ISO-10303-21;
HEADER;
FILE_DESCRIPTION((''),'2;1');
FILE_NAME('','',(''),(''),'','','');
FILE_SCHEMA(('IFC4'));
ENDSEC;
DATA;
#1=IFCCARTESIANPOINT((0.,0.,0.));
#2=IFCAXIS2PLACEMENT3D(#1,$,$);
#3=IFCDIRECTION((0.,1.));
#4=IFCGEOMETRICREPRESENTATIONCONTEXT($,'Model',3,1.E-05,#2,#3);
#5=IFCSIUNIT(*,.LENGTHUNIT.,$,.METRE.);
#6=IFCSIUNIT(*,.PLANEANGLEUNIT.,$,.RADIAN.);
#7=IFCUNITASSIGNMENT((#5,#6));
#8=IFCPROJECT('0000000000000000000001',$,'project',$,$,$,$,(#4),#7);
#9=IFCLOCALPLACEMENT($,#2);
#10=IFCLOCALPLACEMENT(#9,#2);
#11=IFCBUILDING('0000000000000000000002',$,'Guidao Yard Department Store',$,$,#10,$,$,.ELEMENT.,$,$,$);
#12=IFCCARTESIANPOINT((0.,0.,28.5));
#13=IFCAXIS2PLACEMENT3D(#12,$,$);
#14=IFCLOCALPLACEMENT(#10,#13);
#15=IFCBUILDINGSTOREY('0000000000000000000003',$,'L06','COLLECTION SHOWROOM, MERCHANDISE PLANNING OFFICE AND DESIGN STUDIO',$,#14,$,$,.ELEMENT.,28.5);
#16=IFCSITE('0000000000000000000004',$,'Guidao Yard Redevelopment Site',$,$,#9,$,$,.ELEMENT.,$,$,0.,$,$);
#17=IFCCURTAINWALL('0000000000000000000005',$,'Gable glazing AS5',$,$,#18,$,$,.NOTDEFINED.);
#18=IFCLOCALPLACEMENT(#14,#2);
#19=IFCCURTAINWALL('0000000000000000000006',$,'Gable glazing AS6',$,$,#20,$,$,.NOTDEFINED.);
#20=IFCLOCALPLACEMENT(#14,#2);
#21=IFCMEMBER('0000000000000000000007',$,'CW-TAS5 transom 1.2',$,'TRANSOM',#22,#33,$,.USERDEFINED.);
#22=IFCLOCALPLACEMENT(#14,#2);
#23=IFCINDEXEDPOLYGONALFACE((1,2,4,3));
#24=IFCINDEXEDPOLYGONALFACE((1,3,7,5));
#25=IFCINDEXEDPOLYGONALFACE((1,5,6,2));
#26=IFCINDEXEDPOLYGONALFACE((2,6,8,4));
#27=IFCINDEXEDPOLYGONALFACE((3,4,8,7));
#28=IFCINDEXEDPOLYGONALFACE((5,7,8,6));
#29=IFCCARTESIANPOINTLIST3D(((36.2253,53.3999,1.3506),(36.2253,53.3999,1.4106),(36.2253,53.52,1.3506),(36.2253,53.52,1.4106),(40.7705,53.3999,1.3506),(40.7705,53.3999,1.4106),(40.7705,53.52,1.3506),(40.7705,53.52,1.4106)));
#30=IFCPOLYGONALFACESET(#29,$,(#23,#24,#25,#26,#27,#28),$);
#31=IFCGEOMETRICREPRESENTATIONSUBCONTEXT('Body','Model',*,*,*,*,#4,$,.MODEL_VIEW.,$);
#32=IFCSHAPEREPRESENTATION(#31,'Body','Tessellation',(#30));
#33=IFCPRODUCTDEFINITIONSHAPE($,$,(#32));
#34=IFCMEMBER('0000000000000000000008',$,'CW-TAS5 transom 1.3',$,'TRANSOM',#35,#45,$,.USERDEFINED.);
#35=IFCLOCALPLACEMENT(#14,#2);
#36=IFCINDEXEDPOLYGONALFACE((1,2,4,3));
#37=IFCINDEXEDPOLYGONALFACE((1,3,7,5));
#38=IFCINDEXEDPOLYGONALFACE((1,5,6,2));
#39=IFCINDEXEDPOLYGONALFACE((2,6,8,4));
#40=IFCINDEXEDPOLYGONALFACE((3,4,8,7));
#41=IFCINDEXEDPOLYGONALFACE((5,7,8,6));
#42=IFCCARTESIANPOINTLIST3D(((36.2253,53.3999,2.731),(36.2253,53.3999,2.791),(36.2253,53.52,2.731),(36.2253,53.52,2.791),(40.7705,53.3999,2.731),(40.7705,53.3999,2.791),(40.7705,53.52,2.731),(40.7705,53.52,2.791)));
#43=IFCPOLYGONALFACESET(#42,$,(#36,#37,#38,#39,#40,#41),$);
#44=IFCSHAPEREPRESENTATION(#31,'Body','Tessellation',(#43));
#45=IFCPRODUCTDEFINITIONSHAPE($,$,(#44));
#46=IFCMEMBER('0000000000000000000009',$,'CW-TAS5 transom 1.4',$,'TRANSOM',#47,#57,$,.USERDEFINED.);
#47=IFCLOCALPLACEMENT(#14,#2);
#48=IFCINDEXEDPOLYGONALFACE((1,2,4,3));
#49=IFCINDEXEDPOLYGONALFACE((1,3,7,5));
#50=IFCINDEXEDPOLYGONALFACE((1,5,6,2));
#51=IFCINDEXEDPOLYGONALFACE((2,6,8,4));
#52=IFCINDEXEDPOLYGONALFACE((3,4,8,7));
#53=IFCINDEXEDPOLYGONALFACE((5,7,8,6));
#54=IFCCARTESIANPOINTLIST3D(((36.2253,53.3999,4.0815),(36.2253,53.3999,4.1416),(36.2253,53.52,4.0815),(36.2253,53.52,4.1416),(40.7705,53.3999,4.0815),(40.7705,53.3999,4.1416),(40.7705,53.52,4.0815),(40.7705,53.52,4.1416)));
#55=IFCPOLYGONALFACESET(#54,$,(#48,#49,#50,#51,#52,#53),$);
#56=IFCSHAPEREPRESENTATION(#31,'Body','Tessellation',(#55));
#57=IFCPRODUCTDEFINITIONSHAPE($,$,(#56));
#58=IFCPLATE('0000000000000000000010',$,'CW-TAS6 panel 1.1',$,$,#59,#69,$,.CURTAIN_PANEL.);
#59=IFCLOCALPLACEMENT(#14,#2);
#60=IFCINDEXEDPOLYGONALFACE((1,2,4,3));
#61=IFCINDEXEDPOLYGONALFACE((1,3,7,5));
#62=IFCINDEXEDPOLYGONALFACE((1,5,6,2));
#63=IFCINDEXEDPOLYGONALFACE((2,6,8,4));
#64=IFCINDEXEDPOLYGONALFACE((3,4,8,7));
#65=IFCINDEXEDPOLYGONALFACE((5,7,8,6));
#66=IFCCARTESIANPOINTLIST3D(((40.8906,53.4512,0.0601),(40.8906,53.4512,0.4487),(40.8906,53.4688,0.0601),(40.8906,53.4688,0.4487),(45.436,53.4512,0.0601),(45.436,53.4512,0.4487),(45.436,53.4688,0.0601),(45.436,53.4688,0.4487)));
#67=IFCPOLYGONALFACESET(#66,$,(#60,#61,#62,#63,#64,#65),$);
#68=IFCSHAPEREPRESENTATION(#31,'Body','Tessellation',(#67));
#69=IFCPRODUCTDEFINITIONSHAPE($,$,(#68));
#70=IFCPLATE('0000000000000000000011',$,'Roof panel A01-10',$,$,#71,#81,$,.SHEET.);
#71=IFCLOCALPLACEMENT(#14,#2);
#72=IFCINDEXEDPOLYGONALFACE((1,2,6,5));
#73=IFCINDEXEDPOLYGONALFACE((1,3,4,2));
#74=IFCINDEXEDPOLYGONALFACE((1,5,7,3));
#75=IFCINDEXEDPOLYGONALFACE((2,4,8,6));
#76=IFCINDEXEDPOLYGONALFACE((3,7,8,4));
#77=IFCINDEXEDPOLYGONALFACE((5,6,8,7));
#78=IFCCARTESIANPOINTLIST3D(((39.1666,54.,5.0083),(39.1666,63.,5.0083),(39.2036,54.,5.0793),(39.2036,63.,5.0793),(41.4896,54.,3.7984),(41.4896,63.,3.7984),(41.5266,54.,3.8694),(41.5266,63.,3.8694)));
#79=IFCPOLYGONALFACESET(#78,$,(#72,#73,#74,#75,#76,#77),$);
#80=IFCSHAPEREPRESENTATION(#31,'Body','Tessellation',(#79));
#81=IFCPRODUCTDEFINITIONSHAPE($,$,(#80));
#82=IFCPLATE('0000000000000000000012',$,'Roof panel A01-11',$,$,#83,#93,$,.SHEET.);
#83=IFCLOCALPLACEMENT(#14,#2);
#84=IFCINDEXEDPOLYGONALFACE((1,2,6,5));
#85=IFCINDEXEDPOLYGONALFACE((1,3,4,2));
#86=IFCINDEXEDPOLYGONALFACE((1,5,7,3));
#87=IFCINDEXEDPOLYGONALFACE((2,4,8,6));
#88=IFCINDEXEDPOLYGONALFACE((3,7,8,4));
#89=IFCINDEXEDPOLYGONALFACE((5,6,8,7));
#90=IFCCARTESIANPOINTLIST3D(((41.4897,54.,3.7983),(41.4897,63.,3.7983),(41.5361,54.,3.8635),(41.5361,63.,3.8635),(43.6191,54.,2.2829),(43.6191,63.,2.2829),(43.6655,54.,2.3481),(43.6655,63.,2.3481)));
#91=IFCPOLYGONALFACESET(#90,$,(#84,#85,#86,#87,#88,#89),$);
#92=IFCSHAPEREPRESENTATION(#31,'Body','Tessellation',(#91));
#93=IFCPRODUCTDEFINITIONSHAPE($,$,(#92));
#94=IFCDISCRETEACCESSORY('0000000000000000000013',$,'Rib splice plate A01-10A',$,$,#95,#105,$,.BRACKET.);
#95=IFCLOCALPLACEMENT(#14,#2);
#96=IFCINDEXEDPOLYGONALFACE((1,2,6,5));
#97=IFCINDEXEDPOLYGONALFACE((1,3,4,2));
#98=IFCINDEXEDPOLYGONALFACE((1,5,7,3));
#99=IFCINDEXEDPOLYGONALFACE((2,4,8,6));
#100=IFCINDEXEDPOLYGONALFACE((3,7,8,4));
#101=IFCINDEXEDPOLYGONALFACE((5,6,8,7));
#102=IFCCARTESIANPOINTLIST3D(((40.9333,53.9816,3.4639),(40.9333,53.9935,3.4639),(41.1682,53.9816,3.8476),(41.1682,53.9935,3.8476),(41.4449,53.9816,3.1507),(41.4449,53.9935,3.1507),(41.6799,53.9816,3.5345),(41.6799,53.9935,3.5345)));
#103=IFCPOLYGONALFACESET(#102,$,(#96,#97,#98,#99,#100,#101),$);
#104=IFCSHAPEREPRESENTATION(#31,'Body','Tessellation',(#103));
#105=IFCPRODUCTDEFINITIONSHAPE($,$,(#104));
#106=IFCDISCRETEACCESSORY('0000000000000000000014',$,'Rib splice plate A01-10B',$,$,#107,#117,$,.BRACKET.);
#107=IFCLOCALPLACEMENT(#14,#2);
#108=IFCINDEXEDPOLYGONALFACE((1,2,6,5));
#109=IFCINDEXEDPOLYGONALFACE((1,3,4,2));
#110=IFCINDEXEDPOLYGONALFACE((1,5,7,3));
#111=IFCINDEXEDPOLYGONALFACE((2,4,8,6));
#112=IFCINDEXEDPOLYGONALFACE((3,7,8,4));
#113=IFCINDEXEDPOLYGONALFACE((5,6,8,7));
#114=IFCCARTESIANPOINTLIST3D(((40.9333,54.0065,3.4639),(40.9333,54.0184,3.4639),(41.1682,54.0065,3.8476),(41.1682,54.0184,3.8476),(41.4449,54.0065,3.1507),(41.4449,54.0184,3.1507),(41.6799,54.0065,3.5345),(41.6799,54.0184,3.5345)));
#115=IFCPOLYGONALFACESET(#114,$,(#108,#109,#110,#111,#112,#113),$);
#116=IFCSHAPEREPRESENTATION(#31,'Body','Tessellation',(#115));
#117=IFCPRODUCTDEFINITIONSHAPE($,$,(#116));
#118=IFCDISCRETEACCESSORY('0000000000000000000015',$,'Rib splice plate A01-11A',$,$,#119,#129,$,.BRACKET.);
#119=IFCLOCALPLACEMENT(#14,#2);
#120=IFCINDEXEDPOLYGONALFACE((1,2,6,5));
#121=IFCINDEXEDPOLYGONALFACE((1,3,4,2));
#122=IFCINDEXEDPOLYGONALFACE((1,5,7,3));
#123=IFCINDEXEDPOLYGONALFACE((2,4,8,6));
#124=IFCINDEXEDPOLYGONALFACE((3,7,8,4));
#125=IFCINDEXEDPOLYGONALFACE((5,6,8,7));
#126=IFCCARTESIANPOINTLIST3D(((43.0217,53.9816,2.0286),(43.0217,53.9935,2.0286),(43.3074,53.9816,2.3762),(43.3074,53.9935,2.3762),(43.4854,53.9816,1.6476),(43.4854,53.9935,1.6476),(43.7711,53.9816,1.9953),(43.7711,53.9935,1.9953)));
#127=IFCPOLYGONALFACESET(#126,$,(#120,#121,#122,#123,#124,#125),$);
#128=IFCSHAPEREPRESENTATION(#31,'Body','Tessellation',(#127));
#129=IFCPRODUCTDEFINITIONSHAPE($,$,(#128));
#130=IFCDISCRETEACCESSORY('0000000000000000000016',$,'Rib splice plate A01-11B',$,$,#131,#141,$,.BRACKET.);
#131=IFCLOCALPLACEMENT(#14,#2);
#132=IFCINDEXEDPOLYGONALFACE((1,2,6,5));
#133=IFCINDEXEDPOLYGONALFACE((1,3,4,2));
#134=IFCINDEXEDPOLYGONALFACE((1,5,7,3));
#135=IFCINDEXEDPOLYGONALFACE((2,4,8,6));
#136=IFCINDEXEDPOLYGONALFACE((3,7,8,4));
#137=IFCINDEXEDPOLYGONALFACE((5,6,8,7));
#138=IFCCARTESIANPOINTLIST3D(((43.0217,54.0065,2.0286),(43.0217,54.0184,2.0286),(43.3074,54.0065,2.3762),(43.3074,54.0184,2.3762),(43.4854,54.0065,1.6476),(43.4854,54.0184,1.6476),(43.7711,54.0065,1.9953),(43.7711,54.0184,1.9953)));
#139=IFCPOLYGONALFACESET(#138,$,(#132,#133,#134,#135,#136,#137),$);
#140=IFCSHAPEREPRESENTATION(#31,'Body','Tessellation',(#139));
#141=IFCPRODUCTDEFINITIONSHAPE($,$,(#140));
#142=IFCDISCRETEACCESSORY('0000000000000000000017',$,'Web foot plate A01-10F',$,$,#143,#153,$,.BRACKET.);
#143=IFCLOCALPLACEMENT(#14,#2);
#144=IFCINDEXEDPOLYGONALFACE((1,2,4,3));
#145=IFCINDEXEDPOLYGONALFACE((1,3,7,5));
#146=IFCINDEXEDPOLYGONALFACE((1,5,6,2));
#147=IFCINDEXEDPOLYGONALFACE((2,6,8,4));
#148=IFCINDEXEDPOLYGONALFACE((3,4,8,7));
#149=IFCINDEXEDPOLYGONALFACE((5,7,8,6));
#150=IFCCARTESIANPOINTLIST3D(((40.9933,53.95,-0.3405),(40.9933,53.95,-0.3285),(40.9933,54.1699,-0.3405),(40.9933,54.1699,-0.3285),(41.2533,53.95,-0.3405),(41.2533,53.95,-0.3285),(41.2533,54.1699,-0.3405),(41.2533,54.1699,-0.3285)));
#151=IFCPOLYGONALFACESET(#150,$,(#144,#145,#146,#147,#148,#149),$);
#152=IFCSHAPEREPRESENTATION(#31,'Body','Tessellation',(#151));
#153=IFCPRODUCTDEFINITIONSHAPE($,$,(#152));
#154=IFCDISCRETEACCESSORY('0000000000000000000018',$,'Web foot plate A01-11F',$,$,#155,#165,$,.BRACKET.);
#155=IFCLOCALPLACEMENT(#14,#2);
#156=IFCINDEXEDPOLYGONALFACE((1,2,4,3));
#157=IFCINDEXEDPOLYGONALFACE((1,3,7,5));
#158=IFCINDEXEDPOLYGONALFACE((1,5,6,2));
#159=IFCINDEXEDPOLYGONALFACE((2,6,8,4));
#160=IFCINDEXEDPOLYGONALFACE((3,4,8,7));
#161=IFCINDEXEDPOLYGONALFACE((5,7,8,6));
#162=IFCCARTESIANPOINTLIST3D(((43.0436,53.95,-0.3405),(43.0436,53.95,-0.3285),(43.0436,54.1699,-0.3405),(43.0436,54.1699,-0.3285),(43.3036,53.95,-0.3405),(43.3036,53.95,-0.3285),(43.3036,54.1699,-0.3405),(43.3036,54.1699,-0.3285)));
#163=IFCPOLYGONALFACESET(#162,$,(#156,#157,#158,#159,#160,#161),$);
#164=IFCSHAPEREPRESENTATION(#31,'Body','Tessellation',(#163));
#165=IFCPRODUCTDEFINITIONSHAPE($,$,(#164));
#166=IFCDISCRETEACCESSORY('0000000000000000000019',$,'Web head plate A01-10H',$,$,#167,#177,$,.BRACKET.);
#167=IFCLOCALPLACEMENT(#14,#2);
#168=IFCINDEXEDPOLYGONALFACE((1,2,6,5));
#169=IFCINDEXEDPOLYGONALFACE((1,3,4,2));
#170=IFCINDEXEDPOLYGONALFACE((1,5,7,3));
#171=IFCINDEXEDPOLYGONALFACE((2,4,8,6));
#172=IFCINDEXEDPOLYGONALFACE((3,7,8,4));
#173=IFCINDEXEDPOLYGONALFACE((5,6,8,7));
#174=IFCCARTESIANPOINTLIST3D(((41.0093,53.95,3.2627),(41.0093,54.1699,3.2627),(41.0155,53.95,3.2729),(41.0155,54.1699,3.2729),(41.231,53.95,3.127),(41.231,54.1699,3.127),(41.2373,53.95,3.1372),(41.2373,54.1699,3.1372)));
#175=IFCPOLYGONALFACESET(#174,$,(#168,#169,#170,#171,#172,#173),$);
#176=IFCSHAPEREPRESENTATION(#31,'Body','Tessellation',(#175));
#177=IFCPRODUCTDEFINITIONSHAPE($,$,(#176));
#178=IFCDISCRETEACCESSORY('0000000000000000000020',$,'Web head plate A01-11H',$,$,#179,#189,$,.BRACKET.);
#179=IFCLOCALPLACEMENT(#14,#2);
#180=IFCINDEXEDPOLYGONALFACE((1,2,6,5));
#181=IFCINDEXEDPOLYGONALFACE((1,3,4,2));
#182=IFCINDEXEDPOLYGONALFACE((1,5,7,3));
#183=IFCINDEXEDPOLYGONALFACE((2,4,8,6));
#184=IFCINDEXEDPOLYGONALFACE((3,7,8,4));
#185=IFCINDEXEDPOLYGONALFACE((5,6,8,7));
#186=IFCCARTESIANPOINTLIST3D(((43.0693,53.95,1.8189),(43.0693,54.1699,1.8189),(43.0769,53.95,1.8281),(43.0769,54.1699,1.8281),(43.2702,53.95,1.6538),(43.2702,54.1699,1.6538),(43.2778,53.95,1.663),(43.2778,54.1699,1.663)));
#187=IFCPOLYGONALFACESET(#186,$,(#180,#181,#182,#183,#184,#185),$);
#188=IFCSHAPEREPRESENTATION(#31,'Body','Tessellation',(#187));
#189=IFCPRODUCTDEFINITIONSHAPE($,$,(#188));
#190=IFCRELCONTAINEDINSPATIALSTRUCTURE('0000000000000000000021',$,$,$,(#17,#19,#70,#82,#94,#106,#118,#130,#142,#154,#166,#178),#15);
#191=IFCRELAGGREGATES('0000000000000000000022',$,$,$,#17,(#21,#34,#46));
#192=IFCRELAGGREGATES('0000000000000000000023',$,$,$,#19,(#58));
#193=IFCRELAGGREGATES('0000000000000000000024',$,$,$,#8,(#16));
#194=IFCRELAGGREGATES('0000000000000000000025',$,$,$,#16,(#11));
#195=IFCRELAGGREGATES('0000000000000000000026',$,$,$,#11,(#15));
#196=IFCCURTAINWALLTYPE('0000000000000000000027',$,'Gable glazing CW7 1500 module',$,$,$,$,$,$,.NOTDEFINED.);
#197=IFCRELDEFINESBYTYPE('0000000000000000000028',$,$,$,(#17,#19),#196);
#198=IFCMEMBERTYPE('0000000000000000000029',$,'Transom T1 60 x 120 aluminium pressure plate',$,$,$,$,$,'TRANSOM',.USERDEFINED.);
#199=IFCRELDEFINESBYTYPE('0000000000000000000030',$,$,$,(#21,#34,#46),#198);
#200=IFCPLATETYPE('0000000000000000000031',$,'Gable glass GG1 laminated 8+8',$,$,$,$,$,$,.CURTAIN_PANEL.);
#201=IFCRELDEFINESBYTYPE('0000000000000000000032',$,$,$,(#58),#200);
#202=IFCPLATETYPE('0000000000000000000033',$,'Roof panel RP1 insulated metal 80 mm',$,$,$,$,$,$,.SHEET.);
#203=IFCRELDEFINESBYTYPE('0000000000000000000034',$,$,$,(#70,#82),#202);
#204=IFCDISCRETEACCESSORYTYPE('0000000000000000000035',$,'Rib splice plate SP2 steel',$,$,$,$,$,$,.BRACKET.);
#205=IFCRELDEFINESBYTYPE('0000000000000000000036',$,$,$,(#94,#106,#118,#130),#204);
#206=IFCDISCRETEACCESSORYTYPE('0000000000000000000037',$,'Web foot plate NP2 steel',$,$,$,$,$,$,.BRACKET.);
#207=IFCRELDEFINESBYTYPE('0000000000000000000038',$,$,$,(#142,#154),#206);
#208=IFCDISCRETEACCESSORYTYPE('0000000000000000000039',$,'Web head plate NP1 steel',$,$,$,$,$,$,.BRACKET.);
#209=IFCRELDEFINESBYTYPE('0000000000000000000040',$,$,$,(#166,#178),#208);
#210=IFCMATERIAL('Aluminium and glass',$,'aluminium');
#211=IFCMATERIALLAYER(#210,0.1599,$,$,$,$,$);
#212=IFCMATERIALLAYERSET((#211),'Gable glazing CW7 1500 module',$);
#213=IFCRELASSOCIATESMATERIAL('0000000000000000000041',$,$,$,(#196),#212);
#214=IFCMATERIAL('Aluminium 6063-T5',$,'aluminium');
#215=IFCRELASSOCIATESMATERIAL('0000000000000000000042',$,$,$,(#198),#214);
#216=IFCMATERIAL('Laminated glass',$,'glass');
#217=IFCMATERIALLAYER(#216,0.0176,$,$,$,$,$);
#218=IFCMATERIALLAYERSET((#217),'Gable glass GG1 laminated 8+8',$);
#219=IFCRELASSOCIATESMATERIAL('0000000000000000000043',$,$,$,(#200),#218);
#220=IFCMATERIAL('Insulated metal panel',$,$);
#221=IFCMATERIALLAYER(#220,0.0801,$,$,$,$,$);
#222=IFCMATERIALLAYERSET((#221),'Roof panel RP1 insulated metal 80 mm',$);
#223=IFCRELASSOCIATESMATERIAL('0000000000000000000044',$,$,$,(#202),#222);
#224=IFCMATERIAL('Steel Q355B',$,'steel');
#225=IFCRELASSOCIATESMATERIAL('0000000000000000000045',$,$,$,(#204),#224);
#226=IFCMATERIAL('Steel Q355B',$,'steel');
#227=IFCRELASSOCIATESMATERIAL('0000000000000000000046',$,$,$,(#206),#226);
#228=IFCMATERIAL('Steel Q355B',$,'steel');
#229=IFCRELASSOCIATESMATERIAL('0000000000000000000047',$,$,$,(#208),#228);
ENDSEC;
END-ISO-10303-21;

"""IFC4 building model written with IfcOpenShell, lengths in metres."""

from ifc_helpers import new_model, si_unit, direction, frame, origin, origin_2d, place, context, subcontext, project, spatial, polyline, rectangle, outline, extrude, material, layer, layer_set, material_profile, profile_set, type_object, element, aggregate, save


model = new_model("IFC4")

# Units and contexts
model_context = context("Model", 3, precision=1e-05, world=origin(), true_north=direction((0.0, 1.0)))
body_context = subcontext(model_context, "Body", "Model", "MODEL_VIEW")
ifc_project = project(units=[si_unit("LENGTHUNIT", "METRE"), si_unit("PLANEANGLEUNIT", "RADIAN")], contexts=[model_context])

# Site, building, storey
site_placement = place(None, origin())
site = spatial("IfcSite", under=ifc_project, at=site_placement, Name="Guidao Yard Redevelopment Site", CompositionType="ELEMENT", RefElevation=0.0)
building_placement = place(site_placement, origin())
building = spatial("IfcBuilding", under=site, at=building_placement, Name="Guidao Yard Department Store", CompositionType="ELEMENT")
storey_placement = place(building_placement, frame((0.0, 0.0, 28.5)))
storey = spatial("IfcBuildingStorey", under=building, at=storey_placement, Name="L06", Description="COLLECTION SHOWROOM, MERCHANDISE PLANNING OFFICE AND DESIGN STUDIO", CompositionType="ELEMENT", Elevation=28.5)

# Curtain walls
ifc_material_1 = material(Name="Aluminium and glass", Category="aluminium")
ifc_layer_1 = layer(ifc_material_1, 0.1599)
ifc_layer_set_1 = layer_set([ifc_layer_1], Name="Gable glazing CW7 1500 module")
curtain_wall_type = type_object("IfcCurtainWallType", Name="Gable glazing CW7 1500 module", PredefinedType="NOTDEFINED", material=ifc_layer_set_1)
curtain_wall_1_placement = place(storey_placement, origin())
curtain_wall_1 = element("IfcCurtainWall", 1, at=curtain_wall_1_placement, inside=storey, type_object=curtain_wall_type, Name="Gable glazing AS5", PredefinedType="NOTDEFINED")
curtain_wall_2_placement = place(storey_placement, origin())
curtain_wall_2 = element("IfcCurtainWall", 2, at=curtain_wall_2_placement, inside=storey, type_object=curtain_wall_type, Name="Gable glazing AS6", PredefinedType="NOTDEFINED")

# Members
ifc_material_2 = material(Name="Aluminium 6063-T5", Category="aluminium")
ifc_material_profile_1 = material_profile(ifc_material_2, rectangle(XDim=0.1201, YDim=0.0601, at=origin_2d()), Name="Transom T1 60 x 120 aluminium pressure plate")
ifc_profile_set_1 = profile_set([ifc_material_profile_1], Name="Aluminium 6063-T5")
member_type_1 = type_object("IfcMemberType", Name="Transom T1 60 x 120 aluminium pressure plate", ElementType="TRANSOM", PredefinedType="USERDEFINED", material=ifc_profile_set_1)
member_1_placement = place(storey_placement, frame((40.7705, 53.46, 1.3806), z_axis=(-1.0, 0.0, 0.0), x_axis=(0.0, -1.0, 0.0)))
member_1 = element("IfcMember", 3, at=member_1_placement, type_object=member_type_1, Name="CW-TAS5 transom 1.2", ObjectType="TRANSOM", PredefinedType="USERDEFINED", context=body_context, shape_type="SweptSolid", body=[
    extrude(rectangle(XDim=0.1201, YDim=0.0601, at=origin_2d()), origin(), (0.0, 0.0, 1.0), 4.5452),
])
member_2_placement = place(storey_placement, frame((40.7705, 53.46, 2.761), z_axis=(-1.0, 0.0, 0.0), x_axis=(0.0, -1.0, 0.0)))
member_2 = element("IfcMember", 4, at=member_2_placement, type_object=member_type_1, Name="CW-TAS5 transom 1.3", ObjectType="TRANSOM", PredefinedType="USERDEFINED", context=body_context, shape_type="SweptSolid", body=[
    extrude(rectangle(XDim=0.1201, YDim=0.0601, at=origin_2d()), origin(), (0.0, 0.0, 1.0), 4.5452),
])
member_3_placement = place(storey_placement, frame((40.7705, 53.46, 4.1116), z_axis=(-1.0, 0.0, 0.0), x_axis=(0.0, -1.0, 0.0)))
member_3 = element("IfcMember", 5, at=member_3_placement, type_object=member_type_1, Name="CW-TAS5 transom 1.4", ObjectType="TRANSOM", PredefinedType="USERDEFINED", context=body_context, shape_type="SweptSolid", body=[
    extrude(rectangle(XDim=0.1201, YDim=0.0601, at=origin_2d()), origin(), (0.0, 0.0, 1.0), 4.5452),
])
aggregate(curtain_wall_1, [member_1, member_2, member_3])

# Plate
ifc_material_3 = material(Name="Laminated glass", Category="glass")
ifc_layer_2 = layer(ifc_material_3, 0.0176)
ifc_layer_set_2 = layer_set([ifc_layer_2], Name="Gable glass GG1 laminated 8+8")
plate_type_1 = type_object("IfcPlateType", Name="Gable glass GG1 laminated 8+8", PredefinedType="CURTAIN_PANEL", material=ifc_layer_set_2)
plate_1_placement = place(storey_placement, frame((43.1633, 53.46, 0.0601), z_axis=(0.0, 0.0, 1.0), x_axis=(-1.0, 0.0, 0.0)))
plate_1 = element("IfcPlate", 6, at=plate_1_placement, type_object=plate_type_1, Name="CW-TAS6 panel 1.1", PredefinedType="CURTAIN_PANEL", context=body_context, shape_type="SweptSolid", body=[
    extrude(rectangle(XDim=4.5454, YDim=0.0176, at=origin_2d()), origin(), (0.0, 0.0, 1.0), 0.3887),
])
aggregate(curtain_wall_2, [plate_1])

# Plates
ifc_material_4 = material(Name="Insulated metal panel")
ifc_layer_3 = layer(ifc_material_4, 0.0801)
ifc_layer_set_3 = layer_set([ifc_layer_3], Name="Roof panel RP1 insulated metal 80 mm")
plate_type_2 = type_object("IfcPlateType", Name="Roof panel RP1 insulated metal 80 mm", PredefinedType="SHEET", material=ifc_layer_set_3)
plate_2_placement = place(storey_placement, frame((39.2036, 54.0, 5.0793), z_axis=(0.461954, 0.0, 0.886904), x_axis=(0.886904, 0.0, -0.461954)))
element("IfcPlate", 7, at=plate_2_placement, inside=storey, type_object=plate_type_2, Name="Roof panel A01-10", PredefinedType="SHEET", context=body_context, shape_type="SweptSolid", body=[
    extrude(outline(polyline([(0.0, 0.0), (2.6192, 0.0), (2.6192, 9.0), (0.0, 9.0), (0.0, 0.0)])), origin(), (0.0, 0.0, -1.0), 0.0801),
])
plate_3_placement = place(storey_placement, frame((41.5361, 54.0, 3.8635), z_axis=(0.579815, 0.0, 0.814748), x_axis=(0.814748, 0.0, -0.579815)))
element("IfcPlate", 8, at=plate_3_placement, inside=storey, type_object=plate_type_2, Name="Roof panel A01-11", PredefinedType="SHEET", context=body_context, shape_type="SweptSolid", body=[
    extrude(outline(polyline([(0.0, 0.0), (2.6136, 0.0), (2.6136, 9.0), (0.0, 9.0), (0.0, 0.0)])), origin(), (0.0, 0.0, -1.0), 0.0801),
])

# Discrete accessories
ifc_material_5 = material(Name="Steel Q355B", Category="steel")
ifc_material_profile_2 = material_profile(ifc_material_5, rectangle(XDim=0.012, YDim=0.45, at=origin_2d()), Name="Splice plate 450x12")
ifc_profile_set_2 = profile_set([ifc_material_profile_2], Name="Steel Q355B")
discrete_accessory_type_1 = type_object("IfcDiscreteAccessoryType", Name="Rib splice plate SP2 steel", PredefinedType="BRACKET", material=ifc_profile_set_2)
for number, where, z_axis, x_axis, name in (
    (9, (41.0508, 53.9875, 3.6558), (0.852899, 0.0, -0.522075), (0.0, 1.0, 0.0), "Rib splice plate A01-10A"),
    (10, (41.0508, 54.0125, 3.6558), (0.852899, 0.0, -0.522075), (0.0, 1.0, 0.0), "Rib splice plate A01-10B"),
):
    element("IfcDiscreteAccessory", number, at=place(storey_placement, frame(where, z_axis=z_axis, x_axis=x_axis)), inside=storey, type_object=discrete_accessory_type_1, Name=name, PredefinedType="BRACKET", context=body_context, shape_type="SweptSolid", body=[
        extrude(rectangle(XDim=0.012, YDim=0.45, at=origin_2d()), origin(), (0.0, 0.0, 1.0), 0.5999),
    ])
for number, where, z_axis, x_axis, name in (
    (11, (43.1646, 53.9875, 2.2024), (0.772705, 0.0, -0.634765), (0.0, 1.0, 0.0), "Rib splice plate A01-11A"),
    (12, (43.1646, 54.0125, 2.2024), (0.772705, 0.0, -0.634765), (0.0, 1.0, 0.0), "Rib splice plate A01-11B"),
):
    element("IfcDiscreteAccessory", number, at=place(storey_placement, frame(where, z_axis=z_axis, x_axis=x_axis)), inside=storey, type_object=discrete_accessory_type_1, Name=name, PredefinedType="BRACKET", context=body_context, shape_type="SweptSolid", body=[
        extrude(rectangle(XDim=0.012, YDim=0.45, at=origin_2d()), origin(), (0.0, 0.0, 1.0), 0.6001),
    ])
ifc_material_6 = material(Name="Steel Q355B", Category="steel")
ifc_material_profile_3 = material_profile(ifc_material_6, rectangle(XDim=0.26, YDim=0.012, at=origin_2d()), Name="Node plate 260x12")
ifc_profile_set_3 = profile_set([ifc_material_profile_3], Name="Steel Q355B")
discrete_accessory_type_2 = type_object("IfcDiscreteAccessoryType", Name="Web foot plate NP2 steel", PredefinedType="BRACKET", material=ifc_profile_set_3)
for number, where, z_axis, x_axis, name in (
    (13, (41.1233, 53.95, -0.3345), (0.0, 1.0, 0.0), (-1.0, 0.0, 0.0), "Web foot plate A01-10F"),
    (14, (43.1736, 53.95, -0.3345), (0.0, 1.0, 0.0), (-1.0, 0.0, 0.0), "Web foot plate A01-11F"),
):
    element("IfcDiscreteAccessory", number, at=place(storey_placement, frame(where, z_axis=z_axis, x_axis=x_axis)), inside=storey, type_object=discrete_accessory_type_2, Name=name, PredefinedType="BRACKET", context=body_context, shape_type="SweptSolid", body=[
        extrude(rectangle(XDim=0.26, YDim=0.012, at=origin_2d()), origin(), (0.0, 0.0, 1.0), 0.22),
    ])
ifc_material_7 = material(Name="Steel Q355B", Category="steel")
ifc_material_profile_4 = material_profile(ifc_material_7, rectangle(XDim=0.26, YDim=0.012, at=origin_2d()), Name="Node plate 260x12")
ifc_profile_set_4 = profile_set([ifc_material_profile_4], Name="Steel Q355B")
discrete_accessory_type_3 = type_object("IfcDiscreteAccessoryType", Name="Web head plate NP1 steel", PredefinedType="BRACKET", material=ifc_profile_set_4)
for number, where, z_axis, x_axis, name in (
    (15, (41.1233, 53.95, 3.2), (0.0, 1.0, 0.0), (-0.852874, 0.0, 0.522116), "Web head plate A01-10H"),
    (16, (43.1736, 53.95, 1.741), (0.0, 1.0, 0.0), (-0.77257, 0.0, 0.63493), "Web head plate A01-11H"),
):
    element("IfcDiscreteAccessory", number, at=place(storey_placement, frame(where, z_axis=z_axis, x_axis=x_axis)), inside=storey, type_object=discrete_accessory_type_3, Name=name, PredefinedType="BRACKET", context=body_context, shape_type="SweptSolid", body=[
        extrude(rectangle(XDim=0.26, YDim=0.012, at=origin_2d()), origin(), (0.0, 0.0, 1.0), 0.22),
    ])

save(model, "model.ifc")
